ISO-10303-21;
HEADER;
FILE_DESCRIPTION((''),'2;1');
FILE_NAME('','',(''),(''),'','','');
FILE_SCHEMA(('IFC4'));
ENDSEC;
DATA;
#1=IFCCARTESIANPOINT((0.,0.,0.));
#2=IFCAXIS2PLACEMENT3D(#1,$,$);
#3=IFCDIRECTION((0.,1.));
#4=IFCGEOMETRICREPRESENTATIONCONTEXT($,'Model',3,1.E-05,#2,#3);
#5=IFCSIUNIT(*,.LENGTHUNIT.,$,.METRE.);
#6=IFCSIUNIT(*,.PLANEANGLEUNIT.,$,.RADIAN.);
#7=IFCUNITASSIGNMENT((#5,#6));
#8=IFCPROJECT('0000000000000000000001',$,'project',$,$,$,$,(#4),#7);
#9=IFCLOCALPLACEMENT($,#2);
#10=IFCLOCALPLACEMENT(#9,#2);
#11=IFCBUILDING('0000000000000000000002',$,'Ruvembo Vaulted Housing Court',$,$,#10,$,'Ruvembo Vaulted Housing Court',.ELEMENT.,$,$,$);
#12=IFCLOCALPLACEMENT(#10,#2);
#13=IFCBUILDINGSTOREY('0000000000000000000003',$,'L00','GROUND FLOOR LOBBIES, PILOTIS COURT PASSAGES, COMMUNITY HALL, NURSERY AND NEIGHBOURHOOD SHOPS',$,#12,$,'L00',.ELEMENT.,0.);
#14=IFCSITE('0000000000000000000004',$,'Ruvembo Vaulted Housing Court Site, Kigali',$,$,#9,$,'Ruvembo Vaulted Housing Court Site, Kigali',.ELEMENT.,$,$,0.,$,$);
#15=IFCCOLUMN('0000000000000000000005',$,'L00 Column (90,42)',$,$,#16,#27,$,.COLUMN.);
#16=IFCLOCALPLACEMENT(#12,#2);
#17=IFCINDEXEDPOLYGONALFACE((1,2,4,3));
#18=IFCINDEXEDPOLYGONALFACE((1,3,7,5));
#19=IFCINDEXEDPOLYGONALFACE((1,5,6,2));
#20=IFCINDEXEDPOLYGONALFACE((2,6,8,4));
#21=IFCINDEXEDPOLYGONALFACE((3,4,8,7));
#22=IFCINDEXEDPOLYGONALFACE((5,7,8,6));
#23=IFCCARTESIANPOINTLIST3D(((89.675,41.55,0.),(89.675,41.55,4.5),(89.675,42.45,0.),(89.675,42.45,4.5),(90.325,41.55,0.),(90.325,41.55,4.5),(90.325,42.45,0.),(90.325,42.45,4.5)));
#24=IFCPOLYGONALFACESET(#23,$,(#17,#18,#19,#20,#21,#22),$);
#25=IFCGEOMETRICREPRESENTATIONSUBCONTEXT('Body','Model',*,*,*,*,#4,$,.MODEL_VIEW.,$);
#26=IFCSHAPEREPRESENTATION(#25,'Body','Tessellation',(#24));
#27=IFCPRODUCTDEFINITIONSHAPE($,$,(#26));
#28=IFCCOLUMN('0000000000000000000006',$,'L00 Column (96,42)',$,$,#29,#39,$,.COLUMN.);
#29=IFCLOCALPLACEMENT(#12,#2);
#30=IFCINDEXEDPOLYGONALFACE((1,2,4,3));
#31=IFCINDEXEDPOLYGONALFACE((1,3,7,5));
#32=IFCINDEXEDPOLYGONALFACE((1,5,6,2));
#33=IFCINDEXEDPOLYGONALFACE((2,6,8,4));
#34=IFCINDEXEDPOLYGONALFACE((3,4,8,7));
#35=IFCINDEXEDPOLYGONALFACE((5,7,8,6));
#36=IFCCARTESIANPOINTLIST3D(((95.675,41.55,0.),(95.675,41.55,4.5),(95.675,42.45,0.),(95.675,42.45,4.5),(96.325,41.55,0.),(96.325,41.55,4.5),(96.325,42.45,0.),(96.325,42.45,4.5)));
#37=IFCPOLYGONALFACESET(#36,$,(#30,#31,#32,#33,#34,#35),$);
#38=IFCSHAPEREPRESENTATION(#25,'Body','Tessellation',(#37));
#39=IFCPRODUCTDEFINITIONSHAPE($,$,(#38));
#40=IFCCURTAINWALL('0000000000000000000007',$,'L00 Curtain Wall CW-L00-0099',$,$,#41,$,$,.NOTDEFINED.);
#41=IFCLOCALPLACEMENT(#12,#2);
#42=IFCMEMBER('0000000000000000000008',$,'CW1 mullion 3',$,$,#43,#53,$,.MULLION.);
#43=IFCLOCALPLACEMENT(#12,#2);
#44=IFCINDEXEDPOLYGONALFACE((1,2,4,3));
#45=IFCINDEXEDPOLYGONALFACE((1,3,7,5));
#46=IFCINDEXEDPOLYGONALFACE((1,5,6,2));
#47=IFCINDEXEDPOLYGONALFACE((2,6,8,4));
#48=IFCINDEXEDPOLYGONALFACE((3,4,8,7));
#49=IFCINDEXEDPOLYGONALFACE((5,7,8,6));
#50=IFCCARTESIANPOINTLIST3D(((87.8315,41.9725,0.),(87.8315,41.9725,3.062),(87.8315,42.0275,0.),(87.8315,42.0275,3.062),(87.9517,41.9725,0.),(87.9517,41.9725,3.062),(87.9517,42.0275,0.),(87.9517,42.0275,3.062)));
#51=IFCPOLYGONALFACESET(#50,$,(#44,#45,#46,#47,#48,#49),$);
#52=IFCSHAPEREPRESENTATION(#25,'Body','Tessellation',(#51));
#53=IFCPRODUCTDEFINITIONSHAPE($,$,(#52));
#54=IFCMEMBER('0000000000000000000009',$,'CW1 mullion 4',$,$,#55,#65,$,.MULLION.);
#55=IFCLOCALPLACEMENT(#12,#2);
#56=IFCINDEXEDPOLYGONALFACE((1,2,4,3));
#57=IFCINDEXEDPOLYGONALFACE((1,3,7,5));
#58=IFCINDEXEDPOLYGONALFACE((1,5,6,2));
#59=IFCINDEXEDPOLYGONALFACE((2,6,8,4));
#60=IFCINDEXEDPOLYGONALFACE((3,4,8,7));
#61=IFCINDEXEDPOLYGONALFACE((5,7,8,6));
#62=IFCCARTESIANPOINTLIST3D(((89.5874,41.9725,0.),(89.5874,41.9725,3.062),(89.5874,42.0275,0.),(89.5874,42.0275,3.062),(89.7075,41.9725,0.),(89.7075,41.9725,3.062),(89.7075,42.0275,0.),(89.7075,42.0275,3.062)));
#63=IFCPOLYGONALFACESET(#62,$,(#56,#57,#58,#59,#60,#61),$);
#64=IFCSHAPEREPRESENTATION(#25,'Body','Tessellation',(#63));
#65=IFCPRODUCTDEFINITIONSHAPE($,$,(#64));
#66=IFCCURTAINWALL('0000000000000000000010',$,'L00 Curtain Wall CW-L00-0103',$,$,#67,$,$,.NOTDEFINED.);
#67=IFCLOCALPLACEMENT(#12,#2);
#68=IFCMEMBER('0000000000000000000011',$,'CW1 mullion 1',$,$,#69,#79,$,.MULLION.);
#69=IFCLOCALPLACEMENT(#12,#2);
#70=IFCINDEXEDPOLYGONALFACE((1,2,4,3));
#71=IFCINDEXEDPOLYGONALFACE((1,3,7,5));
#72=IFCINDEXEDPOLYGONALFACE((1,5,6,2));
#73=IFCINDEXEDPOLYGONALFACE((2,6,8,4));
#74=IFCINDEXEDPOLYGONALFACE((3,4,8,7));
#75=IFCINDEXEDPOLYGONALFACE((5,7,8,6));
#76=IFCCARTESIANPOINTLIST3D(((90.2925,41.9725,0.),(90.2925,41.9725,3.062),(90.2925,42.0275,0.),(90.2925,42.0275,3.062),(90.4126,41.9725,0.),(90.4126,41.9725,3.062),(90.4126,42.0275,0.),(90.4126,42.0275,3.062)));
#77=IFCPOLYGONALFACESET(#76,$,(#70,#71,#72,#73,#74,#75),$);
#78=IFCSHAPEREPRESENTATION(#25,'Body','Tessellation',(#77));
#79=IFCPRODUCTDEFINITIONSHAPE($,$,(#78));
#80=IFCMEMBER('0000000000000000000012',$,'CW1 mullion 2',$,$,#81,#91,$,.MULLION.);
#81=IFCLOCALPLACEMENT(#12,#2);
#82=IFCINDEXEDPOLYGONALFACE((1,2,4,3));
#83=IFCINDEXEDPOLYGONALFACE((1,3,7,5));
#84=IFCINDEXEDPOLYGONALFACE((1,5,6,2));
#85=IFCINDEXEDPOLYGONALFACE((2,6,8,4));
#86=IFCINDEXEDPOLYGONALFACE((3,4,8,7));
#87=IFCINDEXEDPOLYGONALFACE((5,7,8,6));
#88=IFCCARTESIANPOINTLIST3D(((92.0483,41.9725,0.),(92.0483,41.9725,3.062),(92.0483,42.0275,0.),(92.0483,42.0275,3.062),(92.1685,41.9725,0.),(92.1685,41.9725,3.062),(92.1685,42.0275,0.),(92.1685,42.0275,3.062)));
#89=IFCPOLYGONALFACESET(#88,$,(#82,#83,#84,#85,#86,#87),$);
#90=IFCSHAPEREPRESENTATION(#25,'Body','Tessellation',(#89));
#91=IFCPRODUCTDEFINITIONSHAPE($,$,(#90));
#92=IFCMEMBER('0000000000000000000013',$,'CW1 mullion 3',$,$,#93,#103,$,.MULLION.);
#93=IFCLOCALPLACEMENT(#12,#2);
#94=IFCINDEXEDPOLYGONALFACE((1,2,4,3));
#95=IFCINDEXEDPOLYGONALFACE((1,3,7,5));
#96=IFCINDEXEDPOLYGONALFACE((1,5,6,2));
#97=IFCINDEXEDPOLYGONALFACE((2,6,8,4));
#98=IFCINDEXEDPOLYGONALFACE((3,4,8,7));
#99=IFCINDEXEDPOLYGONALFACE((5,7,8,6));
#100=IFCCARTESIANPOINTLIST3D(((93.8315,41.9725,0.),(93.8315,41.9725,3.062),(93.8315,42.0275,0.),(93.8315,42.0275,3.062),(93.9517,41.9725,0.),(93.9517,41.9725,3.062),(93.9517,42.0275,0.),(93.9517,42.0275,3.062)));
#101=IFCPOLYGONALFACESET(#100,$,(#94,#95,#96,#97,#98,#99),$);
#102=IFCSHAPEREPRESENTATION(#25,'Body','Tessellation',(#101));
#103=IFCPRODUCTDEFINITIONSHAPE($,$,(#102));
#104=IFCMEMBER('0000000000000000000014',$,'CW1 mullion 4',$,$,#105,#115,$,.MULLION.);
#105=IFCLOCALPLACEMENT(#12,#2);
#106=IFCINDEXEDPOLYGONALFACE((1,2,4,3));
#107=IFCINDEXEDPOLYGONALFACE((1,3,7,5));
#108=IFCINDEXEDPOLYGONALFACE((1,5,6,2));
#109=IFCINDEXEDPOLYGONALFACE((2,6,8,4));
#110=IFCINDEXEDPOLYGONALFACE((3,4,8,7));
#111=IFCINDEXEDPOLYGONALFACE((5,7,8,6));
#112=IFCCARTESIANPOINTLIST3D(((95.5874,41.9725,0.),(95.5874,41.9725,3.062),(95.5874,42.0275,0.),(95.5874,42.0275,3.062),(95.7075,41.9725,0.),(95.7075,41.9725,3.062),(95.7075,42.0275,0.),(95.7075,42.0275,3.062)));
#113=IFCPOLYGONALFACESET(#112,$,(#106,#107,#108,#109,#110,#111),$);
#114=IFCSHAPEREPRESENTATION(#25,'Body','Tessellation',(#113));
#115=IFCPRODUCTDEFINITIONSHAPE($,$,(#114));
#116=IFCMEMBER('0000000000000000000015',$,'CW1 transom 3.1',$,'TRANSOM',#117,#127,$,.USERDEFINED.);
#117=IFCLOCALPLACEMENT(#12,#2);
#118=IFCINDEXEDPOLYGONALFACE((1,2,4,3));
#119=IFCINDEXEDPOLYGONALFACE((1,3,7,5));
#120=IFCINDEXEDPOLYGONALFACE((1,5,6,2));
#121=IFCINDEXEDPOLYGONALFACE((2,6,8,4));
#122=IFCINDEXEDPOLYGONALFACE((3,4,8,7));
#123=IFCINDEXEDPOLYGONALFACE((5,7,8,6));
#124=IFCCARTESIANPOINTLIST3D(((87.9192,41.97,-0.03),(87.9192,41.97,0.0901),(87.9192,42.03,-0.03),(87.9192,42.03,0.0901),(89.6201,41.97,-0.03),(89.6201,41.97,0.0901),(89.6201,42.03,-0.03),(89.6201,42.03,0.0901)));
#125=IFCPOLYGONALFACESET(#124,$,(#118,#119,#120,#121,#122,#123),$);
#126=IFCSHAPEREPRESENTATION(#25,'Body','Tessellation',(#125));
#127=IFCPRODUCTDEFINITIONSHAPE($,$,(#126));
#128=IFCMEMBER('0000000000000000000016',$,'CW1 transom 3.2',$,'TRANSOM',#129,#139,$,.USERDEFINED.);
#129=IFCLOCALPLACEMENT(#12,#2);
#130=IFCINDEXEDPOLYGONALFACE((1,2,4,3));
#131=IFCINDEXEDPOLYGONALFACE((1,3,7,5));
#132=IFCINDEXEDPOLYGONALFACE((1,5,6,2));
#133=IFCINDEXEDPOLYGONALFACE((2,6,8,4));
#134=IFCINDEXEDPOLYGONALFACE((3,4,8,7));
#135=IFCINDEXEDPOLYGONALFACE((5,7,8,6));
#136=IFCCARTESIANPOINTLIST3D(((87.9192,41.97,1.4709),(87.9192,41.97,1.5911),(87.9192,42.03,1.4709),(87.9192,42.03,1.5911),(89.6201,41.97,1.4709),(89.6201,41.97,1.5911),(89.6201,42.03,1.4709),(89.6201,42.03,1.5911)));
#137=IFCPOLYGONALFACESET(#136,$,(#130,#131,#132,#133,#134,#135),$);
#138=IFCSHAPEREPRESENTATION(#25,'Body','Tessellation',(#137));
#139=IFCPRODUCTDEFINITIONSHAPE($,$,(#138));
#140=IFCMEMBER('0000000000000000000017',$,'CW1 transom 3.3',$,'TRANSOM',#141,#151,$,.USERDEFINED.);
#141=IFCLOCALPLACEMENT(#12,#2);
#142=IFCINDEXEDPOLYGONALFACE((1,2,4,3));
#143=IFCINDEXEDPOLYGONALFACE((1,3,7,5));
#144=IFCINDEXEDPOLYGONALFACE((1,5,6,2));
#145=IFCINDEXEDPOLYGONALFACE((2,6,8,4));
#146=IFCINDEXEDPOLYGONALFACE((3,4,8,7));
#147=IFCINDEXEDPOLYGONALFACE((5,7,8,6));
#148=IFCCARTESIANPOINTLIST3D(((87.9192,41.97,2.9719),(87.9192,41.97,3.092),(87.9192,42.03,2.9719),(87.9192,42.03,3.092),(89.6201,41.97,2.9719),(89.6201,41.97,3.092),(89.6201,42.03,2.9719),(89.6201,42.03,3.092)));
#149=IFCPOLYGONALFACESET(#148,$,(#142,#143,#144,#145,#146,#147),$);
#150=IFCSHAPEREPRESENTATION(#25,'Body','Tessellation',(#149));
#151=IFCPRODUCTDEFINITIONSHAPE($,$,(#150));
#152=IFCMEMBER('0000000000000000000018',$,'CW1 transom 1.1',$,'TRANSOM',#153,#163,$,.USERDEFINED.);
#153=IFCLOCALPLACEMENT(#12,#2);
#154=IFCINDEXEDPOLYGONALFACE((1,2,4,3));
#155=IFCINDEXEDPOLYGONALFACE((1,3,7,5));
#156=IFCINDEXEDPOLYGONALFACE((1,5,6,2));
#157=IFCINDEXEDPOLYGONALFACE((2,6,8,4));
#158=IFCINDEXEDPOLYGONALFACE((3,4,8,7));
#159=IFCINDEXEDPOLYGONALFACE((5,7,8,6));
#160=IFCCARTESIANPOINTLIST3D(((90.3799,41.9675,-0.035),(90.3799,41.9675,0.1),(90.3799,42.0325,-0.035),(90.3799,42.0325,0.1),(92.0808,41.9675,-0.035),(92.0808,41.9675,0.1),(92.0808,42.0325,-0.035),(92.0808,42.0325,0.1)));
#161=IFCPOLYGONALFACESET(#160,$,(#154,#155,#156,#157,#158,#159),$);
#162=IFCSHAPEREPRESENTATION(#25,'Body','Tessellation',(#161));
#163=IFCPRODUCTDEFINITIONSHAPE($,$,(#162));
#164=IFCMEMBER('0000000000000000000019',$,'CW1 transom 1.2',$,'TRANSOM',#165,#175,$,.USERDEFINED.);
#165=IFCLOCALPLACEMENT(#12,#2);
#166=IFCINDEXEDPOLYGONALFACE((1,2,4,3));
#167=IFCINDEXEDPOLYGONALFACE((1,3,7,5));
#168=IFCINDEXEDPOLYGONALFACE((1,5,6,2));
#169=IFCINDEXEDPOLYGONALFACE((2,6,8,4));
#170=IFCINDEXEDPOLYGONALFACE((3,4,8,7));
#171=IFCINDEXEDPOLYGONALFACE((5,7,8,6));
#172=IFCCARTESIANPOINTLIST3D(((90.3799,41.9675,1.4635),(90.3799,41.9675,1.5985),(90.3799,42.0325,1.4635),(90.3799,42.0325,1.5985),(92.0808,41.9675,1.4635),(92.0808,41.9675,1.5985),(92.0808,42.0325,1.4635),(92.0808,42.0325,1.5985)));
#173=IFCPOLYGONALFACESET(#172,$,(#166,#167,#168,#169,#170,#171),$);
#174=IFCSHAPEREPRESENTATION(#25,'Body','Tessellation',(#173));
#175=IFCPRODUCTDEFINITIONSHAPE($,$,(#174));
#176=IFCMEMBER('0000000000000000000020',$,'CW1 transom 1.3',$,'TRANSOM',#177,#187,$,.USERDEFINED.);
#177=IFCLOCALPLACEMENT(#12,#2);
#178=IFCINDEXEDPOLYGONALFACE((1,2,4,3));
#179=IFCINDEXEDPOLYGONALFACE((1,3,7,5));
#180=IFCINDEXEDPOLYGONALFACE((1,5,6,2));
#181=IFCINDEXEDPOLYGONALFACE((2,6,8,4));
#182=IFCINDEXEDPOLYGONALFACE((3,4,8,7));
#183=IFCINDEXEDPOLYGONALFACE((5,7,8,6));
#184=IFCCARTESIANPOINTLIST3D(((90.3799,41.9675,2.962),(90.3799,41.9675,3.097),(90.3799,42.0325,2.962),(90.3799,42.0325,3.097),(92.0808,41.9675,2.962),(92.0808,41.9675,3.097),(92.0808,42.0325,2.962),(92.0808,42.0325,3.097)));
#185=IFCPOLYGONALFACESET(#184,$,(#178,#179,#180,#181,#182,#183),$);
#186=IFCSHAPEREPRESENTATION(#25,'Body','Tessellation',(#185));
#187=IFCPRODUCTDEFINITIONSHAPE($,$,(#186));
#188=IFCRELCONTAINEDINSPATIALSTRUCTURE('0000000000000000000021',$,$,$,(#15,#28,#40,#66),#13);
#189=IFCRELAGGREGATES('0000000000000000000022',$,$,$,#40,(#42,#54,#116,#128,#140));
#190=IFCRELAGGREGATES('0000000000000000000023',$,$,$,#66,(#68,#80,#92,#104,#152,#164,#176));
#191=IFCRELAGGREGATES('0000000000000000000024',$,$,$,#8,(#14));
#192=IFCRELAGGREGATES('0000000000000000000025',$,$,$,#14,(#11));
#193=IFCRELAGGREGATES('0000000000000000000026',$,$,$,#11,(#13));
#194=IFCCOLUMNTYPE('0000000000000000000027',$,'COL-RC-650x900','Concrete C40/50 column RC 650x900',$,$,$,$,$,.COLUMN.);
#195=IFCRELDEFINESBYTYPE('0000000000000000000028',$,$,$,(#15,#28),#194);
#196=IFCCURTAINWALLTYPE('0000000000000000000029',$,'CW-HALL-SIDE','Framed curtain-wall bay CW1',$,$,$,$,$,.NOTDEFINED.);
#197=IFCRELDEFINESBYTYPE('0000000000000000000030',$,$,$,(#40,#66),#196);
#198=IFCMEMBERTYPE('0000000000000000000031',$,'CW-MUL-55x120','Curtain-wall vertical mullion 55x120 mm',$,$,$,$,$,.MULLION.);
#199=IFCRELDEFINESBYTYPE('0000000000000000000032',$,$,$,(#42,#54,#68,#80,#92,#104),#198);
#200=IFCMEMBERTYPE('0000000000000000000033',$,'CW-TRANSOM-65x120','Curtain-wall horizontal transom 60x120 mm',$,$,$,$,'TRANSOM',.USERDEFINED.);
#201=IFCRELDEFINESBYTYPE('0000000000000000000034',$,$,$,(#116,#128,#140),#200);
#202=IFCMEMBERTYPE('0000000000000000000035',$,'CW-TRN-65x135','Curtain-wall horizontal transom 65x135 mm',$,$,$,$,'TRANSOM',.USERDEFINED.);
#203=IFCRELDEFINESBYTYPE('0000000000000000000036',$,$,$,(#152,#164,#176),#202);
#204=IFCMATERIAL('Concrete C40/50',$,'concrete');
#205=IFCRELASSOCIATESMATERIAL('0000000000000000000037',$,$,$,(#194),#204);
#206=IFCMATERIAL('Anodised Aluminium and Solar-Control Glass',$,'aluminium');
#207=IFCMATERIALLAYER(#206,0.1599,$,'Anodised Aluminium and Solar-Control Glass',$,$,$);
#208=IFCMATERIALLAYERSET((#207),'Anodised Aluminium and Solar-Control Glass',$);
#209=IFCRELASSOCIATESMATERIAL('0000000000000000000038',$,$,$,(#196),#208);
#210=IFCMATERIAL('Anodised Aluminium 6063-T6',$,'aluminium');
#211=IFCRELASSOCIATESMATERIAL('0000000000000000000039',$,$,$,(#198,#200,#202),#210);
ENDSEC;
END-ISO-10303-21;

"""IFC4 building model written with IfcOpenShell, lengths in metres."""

from ifc_helpers import new_model, si_unit, direction, frame, origin, origin_2d, place, context, subcontext, project, spatial, rectangle, extrude, material, layer, layer_set, material_profile, profile_set, type_object, element, aggregate, save


model = new_model("IFC4")

# Units and contexts
model_context = context("Model", 3, precision=1e-05, world=origin(), true_north=direction((0.0, 1.0)))
body_context = subcontext(model_context, "Body", "Model", "MODEL_VIEW")
ifc_project = project(units=[si_unit("LENGTHUNIT", "METRE"), si_unit("PLANEANGLEUNIT", "RADIAN")], contexts=[model_context])

# Site, building, storey
site_placement = place(None, origin())
site = spatial("IfcSite", under=ifc_project, at=site_placement, Name="Ruvembo Vaulted Housing Court Site, Kigali", LongName="Ruvembo Vaulted Housing Court Site, Kigali", CompositionType="ELEMENT", RefElevation=0.0)
building_placement = place(site_placement, origin())
building = spatial("IfcBuilding", under=site, at=building_placement, Name="Ruvembo Vaulted Housing Court", LongName="Ruvembo Vaulted Housing Court", CompositionType="ELEMENT")
storey_placement = place(building_placement, origin())
storey = spatial("IfcBuildingStorey", under=building, at=storey_placement, Name="L00", Description="GROUND FLOOR LOBBIES, PILOTIS COURT PASSAGES, COMMUNITY HALL, NURSERY AND NEIGHBOURHOOD SHOPS", LongName="L00", CompositionType="ELEMENT", Elevation=0.0)

# Columns
ifc_material_1 = material(Name="Concrete C40/50", Category="concrete")
ifc_material_profile_1 = material_profile(ifc_material_1, rectangle(XDim=0.6499, YDim=0.8999, at=origin_2d()), Name="RC 650x900")
ifc_profile_set_1 = profile_set([ifc_material_profile_1], Name="Concrete C40/50")
column_type = type_object("IfcColumnType", Name="COL-RC-650x900", Description="Concrete C40/50 column RC 650x900", PredefinedType="COLUMN", material=ifc_profile_set_1)
for number, where, z_axis, x_axis, name in (
    (1, (90.0, 42.0, 0.0), (0.0, 0.0, 1.0), (1.0, 0.0, 0.0), "L00 Column (90,42)"),
    (2, (96.0, 42.0, 0.0), (0.0, 0.0, 1.0), (1.0, 0.0, 0.0), "L00 Column (96,42)"),
):
    element("IfcColumn", number, at=place(storey_placement, frame(where, z_axis=z_axis, x_axis=x_axis)), inside=storey, type_object=column_type, Name=name, PredefinedType="COLUMN", context=body_context, shape_type="SweptSolid", body=[
        extrude(rectangle(XDim=0.6499, YDim=0.8999, at=origin_2d()), origin(), (0.0, 0.0, 1.0), 4.5),
    ])

# Curtain walls, members
ifc_material_2 = material(Name="Anodised Aluminium and Solar-Control Glass", Category="aluminium")
ifc_layer_1 = layer(ifc_material_2, 0.1599, Name="Anodised Aluminium and Solar-Control Glass")
ifc_layer_set_1 = layer_set([ifc_layer_1], Name="Anodised Aluminium and Solar-Control Glass")
curtain_wall_type = type_object("IfcCurtainWallType", Name="CW-HALL-SIDE", Description="Framed curtain-wall bay CW1", PredefinedType="NOTDEFINED", material=ifc_layer_set_1)
curtain_wall_1_placement = place(storey_placement, origin())
curtain_wall_1 = element("IfcCurtainWall", 3, at=curtain_wall_1_placement, inside=storey, type_object=curtain_wall_type, Name="L00 Curtain Wall CW-L00-0099", PredefinedType="NOTDEFINED")
ifc_material_3 = material(Name="Anodised Aluminium 6063-T6", Category="aluminium")
ifc_material_profile_2 = material_profile(ifc_material_3, rectangle(XDim=0.0549, YDim=0.1201, at=origin_2d()), Name="ALU 55x120")
ifc_profile_set_2 = profile_set([ifc_material_profile_2], Name="Anodised Aluminium 6063-T6")
member_type_1 = type_object("IfcMemberType", Name="CW-MUL-55x120", Description="Curtain-wall vertical mullion 55x120 mm", PredefinedType="MULLION", material=ifc_profile_set_2)
member_1_placement = place(storey_placement, frame((87.8916, 42.0, 0.0), z_axis=(0.0, 0.0, 1.0), x_axis=(0.0, 1.0, 0.0)))
member_1 = element("IfcMember", 4, at=member_1_placement, type_object=member_type_1, Name="CW1 mullion 3", PredefinedType="MULLION", context=body_context, shape_type="SweptSolid", body=[
    extrude(rectangle(XDim=0.0549, YDim=0.1201, at=origin_2d()), origin(), (0.0, 0.0, 1.0), 3.062),
])
member_2_placement = place(storey_placement, frame((89.6475, 42.0, 0.0), z_axis=(0.0, 0.0, 1.0), x_axis=(0.0, 1.0, 0.0)))
member_2 = element("IfcMember", 5, at=member_2_placement, type_object=member_type_1, Name="CW1 mullion 4", PredefinedType="MULLION", context=body_context, shape_type="SweptSolid", body=[
    extrude(rectangle(XDim=0.0549, YDim=0.1201, at=origin_2d()), origin(), (0.0, 0.0, 1.0), 3.062),
])
curtain_wall_2_placement = place(storey_placement, origin())
curtain_wall_2 = element("IfcCurtainWall", 6, at=curtain_wall_2_placement, inside=storey, type_object=curtain_wall_type, Name="L00 Curtain Wall CW-L00-0103", PredefinedType="NOTDEFINED")
member_3_placement = place(storey_placement, frame((90.3525, 42.0, 0.0), z_axis=(0.0, 0.0, 1.0), x_axis=(0.0, 1.0, 0.0)))
member_3 = element("IfcMember", 7, at=member_3_placement, type_object=member_type_1, Name="CW1 mullion 1", PredefinedType="MULLION", context=body_context, shape_type="SweptSolid", body=[
    extrude(rectangle(XDim=0.0549, YDim=0.1201, at=origin_2d()), origin(), (0.0, 0.0, 1.0), 3.062),
])
member_4_placement = place(storey_placement, frame((92.1084, 42.0, 0.0), z_axis=(0.0, 0.0, 1.0), x_axis=(0.0, 1.0, 0.0)))
member_4 = element("IfcMember", 8, at=member_4_placement, type_object=member_type_1, Name="CW1 mullion 2", PredefinedType="MULLION", context=body_context, shape_type="SweptSolid", body=[
    extrude(rectangle(XDim=0.0549, YDim=0.1201, at=origin_2d()), origin(), (0.0, 0.0, 1.0), 3.062),
])
member_5_placement = place(storey_placement, frame((93.8916, 42.0, 0.0), z_axis=(0.0, 0.0, 1.0), x_axis=(0.0, 1.0, 0.0)))
member_5 = element("IfcMember", 9, at=member_5_placement, type_object=member_type_1, Name="CW1 mullion 3", PredefinedType="MULLION", context=body_context, shape_type="SweptSolid", body=[
    extrude(rectangle(XDim=0.0549, YDim=0.1201, at=origin_2d()), origin(), (0.0, 0.0, 1.0), 3.062),
])
member_6_placement = place(storey_placement, frame((95.6475, 42.0, 0.0), z_axis=(0.0, 0.0, 1.0), x_axis=(0.0, 1.0, 0.0)))
member_6 = element("IfcMember", 10, at=member_6_placement, type_object=member_type_1, Name="CW1 mullion 4", PredefinedType="MULLION", context=body_context, shape_type="SweptSolid", body=[
    extrude(rectangle(XDim=0.0549, YDim=0.1201, at=origin_2d()), origin(), (0.0, 0.0, 1.0), 3.062),
])

# Members
ifc_material_profile_3 = material_profile(ifc_material_3, rectangle(XDim=0.0601, YDim=0.1201, at=origin_2d()), Name="ALU 60x120")
ifc_profile_set_3 = profile_set([ifc_material_profile_3], Name="Anodised Aluminium 6063-T6")
member_type_2 = type_object("IfcMemberType", Name="CW-TRANSOM-65x120", Description="Curtain-wall horizontal transom 60x120 mm", ElementType="TRANSOM", PredefinedType="USERDEFINED", material=ifc_profile_set_3)
member_7_placement = place(storey_placement, frame((87.9192, 42.0, 0.03), z_axis=(1.0, 0.0, 0.0), x_axis=(0.0, 1.0, 0.0)))
member_7 = element("IfcMember", 11, at=member_7_placement, type_object=member_type_2, Name="CW1 transom 3.1", ObjectType="TRANSOM", PredefinedType="USERDEFINED", context=body_context, shape_type="SweptSolid", body=[
    extrude(rectangle(XDim=0.0601, YDim=0.1201, at=origin_2d()), origin(), (0.0, 0.0, 1.0), 1.7009),
])
member_8_placement = place(storey_placement, frame((87.9192, 42.0, 1.531), z_axis=(1.0, 0.0, 0.0), x_axis=(0.0, 1.0, 0.0)))
member_8 = element("IfcMember", 12, at=member_8_placement, type_object=member_type_2, Name="CW1 transom 3.2", ObjectType="TRANSOM", PredefinedType="USERDEFINED", context=body_context, shape_type="SweptSolid", body=[
    extrude(rectangle(XDim=0.0601, YDim=0.1201, at=origin_2d()), origin(), (0.0, 0.0, 1.0), 1.7009),
])
member_9_placement = place(storey_placement, frame((87.9192, 42.0, 3.032), z_axis=(1.0, 0.0, 0.0), x_axis=(0.0, 1.0, 0.0)))
member_9 = element("IfcMember", 13, at=member_9_placement, type_object=member_type_2, Name="CW1 transom 3.3", ObjectType="TRANSOM", PredefinedType="USERDEFINED", context=body_context, shape_type="SweptSolid", body=[
    extrude(rectangle(XDim=0.0601, YDim=0.1201, at=origin_2d()), origin(), (0.0, 0.0, 1.0), 1.7009),
])
ifc_material_profile_4 = material_profile(ifc_material_3, rectangle(XDim=0.0649, YDim=0.135, at=origin_2d()), Name="ALU 65x135")
ifc_profile_set_4 = profile_set([ifc_material_profile_4], Name="Anodised Aluminium 6063-T6")
member_type_3 = type_object("IfcMemberType", Name="CW-TRN-65x135", Description="Curtain-wall horizontal transom 65x135 mm", ElementType="TRANSOM", PredefinedType="USERDEFINED", material=ifc_profile_set_4)
member_10_placement = place(storey_placement, frame((90.3799, 42.0, 0.0325), z_axis=(1.0, 0.0, 0.0), x_axis=(0.0, 1.0, 0.0)))
member_10 = element("IfcMember", 14, at=member_10_placement, type_object=member_type_3, Name="CW1 transom 1.1", ObjectType="TRANSOM", PredefinedType="USERDEFINED", context=body_context, shape_type="SweptSolid", body=[
    extrude(rectangle(XDim=0.0649, YDim=0.135, at=origin_2d()), origin(), (0.0, 0.0, 1.0), 1.7009),
])
member_11_placement = place(storey_placement, frame((90.3799, 42.0, 1.531), z_axis=(1.0, 0.0, 0.0), x_axis=(0.0, 1.0, 0.0)))
member_11 = element("IfcMember", 15, at=member_11_placement, type_object=member_type_3, Name="CW1 transom 1.2", ObjectType="TRANSOM", PredefinedType="USERDEFINED", context=body_context, shape_type="SweptSolid", body=[
    extrude(rectangle(XDim=0.0649, YDim=0.135, at=origin_2d()), origin(), (0.0, 0.0, 1.0), 1.7009),
])
member_12_placement = place(storey_placement, frame((90.3799, 42.0, 3.0295), z_axis=(1.0, 0.0, 0.0), x_axis=(0.0, 1.0, 0.0)))
member_12 = element("IfcMember", 16, at=member_12_placement, type_object=member_type_3, Name="CW1 transom 1.3", ObjectType="TRANSOM", PredefinedType="USERDEFINED", context=body_context, shape_type="SweptSolid", body=[
    extrude(rectangle(XDim=0.0649, YDim=0.135, at=origin_2d()), origin(), (0.0, 0.0, 1.0), 1.7009),
])

aggregate(curtain_wall_1, [member_1, member_2, member_7, member_8, member_9])
aggregate(curtain_wall_2, [member_3, member_4, member_5, member_6, member_10, member_11, member_12])

save(model, "model.ifc")
